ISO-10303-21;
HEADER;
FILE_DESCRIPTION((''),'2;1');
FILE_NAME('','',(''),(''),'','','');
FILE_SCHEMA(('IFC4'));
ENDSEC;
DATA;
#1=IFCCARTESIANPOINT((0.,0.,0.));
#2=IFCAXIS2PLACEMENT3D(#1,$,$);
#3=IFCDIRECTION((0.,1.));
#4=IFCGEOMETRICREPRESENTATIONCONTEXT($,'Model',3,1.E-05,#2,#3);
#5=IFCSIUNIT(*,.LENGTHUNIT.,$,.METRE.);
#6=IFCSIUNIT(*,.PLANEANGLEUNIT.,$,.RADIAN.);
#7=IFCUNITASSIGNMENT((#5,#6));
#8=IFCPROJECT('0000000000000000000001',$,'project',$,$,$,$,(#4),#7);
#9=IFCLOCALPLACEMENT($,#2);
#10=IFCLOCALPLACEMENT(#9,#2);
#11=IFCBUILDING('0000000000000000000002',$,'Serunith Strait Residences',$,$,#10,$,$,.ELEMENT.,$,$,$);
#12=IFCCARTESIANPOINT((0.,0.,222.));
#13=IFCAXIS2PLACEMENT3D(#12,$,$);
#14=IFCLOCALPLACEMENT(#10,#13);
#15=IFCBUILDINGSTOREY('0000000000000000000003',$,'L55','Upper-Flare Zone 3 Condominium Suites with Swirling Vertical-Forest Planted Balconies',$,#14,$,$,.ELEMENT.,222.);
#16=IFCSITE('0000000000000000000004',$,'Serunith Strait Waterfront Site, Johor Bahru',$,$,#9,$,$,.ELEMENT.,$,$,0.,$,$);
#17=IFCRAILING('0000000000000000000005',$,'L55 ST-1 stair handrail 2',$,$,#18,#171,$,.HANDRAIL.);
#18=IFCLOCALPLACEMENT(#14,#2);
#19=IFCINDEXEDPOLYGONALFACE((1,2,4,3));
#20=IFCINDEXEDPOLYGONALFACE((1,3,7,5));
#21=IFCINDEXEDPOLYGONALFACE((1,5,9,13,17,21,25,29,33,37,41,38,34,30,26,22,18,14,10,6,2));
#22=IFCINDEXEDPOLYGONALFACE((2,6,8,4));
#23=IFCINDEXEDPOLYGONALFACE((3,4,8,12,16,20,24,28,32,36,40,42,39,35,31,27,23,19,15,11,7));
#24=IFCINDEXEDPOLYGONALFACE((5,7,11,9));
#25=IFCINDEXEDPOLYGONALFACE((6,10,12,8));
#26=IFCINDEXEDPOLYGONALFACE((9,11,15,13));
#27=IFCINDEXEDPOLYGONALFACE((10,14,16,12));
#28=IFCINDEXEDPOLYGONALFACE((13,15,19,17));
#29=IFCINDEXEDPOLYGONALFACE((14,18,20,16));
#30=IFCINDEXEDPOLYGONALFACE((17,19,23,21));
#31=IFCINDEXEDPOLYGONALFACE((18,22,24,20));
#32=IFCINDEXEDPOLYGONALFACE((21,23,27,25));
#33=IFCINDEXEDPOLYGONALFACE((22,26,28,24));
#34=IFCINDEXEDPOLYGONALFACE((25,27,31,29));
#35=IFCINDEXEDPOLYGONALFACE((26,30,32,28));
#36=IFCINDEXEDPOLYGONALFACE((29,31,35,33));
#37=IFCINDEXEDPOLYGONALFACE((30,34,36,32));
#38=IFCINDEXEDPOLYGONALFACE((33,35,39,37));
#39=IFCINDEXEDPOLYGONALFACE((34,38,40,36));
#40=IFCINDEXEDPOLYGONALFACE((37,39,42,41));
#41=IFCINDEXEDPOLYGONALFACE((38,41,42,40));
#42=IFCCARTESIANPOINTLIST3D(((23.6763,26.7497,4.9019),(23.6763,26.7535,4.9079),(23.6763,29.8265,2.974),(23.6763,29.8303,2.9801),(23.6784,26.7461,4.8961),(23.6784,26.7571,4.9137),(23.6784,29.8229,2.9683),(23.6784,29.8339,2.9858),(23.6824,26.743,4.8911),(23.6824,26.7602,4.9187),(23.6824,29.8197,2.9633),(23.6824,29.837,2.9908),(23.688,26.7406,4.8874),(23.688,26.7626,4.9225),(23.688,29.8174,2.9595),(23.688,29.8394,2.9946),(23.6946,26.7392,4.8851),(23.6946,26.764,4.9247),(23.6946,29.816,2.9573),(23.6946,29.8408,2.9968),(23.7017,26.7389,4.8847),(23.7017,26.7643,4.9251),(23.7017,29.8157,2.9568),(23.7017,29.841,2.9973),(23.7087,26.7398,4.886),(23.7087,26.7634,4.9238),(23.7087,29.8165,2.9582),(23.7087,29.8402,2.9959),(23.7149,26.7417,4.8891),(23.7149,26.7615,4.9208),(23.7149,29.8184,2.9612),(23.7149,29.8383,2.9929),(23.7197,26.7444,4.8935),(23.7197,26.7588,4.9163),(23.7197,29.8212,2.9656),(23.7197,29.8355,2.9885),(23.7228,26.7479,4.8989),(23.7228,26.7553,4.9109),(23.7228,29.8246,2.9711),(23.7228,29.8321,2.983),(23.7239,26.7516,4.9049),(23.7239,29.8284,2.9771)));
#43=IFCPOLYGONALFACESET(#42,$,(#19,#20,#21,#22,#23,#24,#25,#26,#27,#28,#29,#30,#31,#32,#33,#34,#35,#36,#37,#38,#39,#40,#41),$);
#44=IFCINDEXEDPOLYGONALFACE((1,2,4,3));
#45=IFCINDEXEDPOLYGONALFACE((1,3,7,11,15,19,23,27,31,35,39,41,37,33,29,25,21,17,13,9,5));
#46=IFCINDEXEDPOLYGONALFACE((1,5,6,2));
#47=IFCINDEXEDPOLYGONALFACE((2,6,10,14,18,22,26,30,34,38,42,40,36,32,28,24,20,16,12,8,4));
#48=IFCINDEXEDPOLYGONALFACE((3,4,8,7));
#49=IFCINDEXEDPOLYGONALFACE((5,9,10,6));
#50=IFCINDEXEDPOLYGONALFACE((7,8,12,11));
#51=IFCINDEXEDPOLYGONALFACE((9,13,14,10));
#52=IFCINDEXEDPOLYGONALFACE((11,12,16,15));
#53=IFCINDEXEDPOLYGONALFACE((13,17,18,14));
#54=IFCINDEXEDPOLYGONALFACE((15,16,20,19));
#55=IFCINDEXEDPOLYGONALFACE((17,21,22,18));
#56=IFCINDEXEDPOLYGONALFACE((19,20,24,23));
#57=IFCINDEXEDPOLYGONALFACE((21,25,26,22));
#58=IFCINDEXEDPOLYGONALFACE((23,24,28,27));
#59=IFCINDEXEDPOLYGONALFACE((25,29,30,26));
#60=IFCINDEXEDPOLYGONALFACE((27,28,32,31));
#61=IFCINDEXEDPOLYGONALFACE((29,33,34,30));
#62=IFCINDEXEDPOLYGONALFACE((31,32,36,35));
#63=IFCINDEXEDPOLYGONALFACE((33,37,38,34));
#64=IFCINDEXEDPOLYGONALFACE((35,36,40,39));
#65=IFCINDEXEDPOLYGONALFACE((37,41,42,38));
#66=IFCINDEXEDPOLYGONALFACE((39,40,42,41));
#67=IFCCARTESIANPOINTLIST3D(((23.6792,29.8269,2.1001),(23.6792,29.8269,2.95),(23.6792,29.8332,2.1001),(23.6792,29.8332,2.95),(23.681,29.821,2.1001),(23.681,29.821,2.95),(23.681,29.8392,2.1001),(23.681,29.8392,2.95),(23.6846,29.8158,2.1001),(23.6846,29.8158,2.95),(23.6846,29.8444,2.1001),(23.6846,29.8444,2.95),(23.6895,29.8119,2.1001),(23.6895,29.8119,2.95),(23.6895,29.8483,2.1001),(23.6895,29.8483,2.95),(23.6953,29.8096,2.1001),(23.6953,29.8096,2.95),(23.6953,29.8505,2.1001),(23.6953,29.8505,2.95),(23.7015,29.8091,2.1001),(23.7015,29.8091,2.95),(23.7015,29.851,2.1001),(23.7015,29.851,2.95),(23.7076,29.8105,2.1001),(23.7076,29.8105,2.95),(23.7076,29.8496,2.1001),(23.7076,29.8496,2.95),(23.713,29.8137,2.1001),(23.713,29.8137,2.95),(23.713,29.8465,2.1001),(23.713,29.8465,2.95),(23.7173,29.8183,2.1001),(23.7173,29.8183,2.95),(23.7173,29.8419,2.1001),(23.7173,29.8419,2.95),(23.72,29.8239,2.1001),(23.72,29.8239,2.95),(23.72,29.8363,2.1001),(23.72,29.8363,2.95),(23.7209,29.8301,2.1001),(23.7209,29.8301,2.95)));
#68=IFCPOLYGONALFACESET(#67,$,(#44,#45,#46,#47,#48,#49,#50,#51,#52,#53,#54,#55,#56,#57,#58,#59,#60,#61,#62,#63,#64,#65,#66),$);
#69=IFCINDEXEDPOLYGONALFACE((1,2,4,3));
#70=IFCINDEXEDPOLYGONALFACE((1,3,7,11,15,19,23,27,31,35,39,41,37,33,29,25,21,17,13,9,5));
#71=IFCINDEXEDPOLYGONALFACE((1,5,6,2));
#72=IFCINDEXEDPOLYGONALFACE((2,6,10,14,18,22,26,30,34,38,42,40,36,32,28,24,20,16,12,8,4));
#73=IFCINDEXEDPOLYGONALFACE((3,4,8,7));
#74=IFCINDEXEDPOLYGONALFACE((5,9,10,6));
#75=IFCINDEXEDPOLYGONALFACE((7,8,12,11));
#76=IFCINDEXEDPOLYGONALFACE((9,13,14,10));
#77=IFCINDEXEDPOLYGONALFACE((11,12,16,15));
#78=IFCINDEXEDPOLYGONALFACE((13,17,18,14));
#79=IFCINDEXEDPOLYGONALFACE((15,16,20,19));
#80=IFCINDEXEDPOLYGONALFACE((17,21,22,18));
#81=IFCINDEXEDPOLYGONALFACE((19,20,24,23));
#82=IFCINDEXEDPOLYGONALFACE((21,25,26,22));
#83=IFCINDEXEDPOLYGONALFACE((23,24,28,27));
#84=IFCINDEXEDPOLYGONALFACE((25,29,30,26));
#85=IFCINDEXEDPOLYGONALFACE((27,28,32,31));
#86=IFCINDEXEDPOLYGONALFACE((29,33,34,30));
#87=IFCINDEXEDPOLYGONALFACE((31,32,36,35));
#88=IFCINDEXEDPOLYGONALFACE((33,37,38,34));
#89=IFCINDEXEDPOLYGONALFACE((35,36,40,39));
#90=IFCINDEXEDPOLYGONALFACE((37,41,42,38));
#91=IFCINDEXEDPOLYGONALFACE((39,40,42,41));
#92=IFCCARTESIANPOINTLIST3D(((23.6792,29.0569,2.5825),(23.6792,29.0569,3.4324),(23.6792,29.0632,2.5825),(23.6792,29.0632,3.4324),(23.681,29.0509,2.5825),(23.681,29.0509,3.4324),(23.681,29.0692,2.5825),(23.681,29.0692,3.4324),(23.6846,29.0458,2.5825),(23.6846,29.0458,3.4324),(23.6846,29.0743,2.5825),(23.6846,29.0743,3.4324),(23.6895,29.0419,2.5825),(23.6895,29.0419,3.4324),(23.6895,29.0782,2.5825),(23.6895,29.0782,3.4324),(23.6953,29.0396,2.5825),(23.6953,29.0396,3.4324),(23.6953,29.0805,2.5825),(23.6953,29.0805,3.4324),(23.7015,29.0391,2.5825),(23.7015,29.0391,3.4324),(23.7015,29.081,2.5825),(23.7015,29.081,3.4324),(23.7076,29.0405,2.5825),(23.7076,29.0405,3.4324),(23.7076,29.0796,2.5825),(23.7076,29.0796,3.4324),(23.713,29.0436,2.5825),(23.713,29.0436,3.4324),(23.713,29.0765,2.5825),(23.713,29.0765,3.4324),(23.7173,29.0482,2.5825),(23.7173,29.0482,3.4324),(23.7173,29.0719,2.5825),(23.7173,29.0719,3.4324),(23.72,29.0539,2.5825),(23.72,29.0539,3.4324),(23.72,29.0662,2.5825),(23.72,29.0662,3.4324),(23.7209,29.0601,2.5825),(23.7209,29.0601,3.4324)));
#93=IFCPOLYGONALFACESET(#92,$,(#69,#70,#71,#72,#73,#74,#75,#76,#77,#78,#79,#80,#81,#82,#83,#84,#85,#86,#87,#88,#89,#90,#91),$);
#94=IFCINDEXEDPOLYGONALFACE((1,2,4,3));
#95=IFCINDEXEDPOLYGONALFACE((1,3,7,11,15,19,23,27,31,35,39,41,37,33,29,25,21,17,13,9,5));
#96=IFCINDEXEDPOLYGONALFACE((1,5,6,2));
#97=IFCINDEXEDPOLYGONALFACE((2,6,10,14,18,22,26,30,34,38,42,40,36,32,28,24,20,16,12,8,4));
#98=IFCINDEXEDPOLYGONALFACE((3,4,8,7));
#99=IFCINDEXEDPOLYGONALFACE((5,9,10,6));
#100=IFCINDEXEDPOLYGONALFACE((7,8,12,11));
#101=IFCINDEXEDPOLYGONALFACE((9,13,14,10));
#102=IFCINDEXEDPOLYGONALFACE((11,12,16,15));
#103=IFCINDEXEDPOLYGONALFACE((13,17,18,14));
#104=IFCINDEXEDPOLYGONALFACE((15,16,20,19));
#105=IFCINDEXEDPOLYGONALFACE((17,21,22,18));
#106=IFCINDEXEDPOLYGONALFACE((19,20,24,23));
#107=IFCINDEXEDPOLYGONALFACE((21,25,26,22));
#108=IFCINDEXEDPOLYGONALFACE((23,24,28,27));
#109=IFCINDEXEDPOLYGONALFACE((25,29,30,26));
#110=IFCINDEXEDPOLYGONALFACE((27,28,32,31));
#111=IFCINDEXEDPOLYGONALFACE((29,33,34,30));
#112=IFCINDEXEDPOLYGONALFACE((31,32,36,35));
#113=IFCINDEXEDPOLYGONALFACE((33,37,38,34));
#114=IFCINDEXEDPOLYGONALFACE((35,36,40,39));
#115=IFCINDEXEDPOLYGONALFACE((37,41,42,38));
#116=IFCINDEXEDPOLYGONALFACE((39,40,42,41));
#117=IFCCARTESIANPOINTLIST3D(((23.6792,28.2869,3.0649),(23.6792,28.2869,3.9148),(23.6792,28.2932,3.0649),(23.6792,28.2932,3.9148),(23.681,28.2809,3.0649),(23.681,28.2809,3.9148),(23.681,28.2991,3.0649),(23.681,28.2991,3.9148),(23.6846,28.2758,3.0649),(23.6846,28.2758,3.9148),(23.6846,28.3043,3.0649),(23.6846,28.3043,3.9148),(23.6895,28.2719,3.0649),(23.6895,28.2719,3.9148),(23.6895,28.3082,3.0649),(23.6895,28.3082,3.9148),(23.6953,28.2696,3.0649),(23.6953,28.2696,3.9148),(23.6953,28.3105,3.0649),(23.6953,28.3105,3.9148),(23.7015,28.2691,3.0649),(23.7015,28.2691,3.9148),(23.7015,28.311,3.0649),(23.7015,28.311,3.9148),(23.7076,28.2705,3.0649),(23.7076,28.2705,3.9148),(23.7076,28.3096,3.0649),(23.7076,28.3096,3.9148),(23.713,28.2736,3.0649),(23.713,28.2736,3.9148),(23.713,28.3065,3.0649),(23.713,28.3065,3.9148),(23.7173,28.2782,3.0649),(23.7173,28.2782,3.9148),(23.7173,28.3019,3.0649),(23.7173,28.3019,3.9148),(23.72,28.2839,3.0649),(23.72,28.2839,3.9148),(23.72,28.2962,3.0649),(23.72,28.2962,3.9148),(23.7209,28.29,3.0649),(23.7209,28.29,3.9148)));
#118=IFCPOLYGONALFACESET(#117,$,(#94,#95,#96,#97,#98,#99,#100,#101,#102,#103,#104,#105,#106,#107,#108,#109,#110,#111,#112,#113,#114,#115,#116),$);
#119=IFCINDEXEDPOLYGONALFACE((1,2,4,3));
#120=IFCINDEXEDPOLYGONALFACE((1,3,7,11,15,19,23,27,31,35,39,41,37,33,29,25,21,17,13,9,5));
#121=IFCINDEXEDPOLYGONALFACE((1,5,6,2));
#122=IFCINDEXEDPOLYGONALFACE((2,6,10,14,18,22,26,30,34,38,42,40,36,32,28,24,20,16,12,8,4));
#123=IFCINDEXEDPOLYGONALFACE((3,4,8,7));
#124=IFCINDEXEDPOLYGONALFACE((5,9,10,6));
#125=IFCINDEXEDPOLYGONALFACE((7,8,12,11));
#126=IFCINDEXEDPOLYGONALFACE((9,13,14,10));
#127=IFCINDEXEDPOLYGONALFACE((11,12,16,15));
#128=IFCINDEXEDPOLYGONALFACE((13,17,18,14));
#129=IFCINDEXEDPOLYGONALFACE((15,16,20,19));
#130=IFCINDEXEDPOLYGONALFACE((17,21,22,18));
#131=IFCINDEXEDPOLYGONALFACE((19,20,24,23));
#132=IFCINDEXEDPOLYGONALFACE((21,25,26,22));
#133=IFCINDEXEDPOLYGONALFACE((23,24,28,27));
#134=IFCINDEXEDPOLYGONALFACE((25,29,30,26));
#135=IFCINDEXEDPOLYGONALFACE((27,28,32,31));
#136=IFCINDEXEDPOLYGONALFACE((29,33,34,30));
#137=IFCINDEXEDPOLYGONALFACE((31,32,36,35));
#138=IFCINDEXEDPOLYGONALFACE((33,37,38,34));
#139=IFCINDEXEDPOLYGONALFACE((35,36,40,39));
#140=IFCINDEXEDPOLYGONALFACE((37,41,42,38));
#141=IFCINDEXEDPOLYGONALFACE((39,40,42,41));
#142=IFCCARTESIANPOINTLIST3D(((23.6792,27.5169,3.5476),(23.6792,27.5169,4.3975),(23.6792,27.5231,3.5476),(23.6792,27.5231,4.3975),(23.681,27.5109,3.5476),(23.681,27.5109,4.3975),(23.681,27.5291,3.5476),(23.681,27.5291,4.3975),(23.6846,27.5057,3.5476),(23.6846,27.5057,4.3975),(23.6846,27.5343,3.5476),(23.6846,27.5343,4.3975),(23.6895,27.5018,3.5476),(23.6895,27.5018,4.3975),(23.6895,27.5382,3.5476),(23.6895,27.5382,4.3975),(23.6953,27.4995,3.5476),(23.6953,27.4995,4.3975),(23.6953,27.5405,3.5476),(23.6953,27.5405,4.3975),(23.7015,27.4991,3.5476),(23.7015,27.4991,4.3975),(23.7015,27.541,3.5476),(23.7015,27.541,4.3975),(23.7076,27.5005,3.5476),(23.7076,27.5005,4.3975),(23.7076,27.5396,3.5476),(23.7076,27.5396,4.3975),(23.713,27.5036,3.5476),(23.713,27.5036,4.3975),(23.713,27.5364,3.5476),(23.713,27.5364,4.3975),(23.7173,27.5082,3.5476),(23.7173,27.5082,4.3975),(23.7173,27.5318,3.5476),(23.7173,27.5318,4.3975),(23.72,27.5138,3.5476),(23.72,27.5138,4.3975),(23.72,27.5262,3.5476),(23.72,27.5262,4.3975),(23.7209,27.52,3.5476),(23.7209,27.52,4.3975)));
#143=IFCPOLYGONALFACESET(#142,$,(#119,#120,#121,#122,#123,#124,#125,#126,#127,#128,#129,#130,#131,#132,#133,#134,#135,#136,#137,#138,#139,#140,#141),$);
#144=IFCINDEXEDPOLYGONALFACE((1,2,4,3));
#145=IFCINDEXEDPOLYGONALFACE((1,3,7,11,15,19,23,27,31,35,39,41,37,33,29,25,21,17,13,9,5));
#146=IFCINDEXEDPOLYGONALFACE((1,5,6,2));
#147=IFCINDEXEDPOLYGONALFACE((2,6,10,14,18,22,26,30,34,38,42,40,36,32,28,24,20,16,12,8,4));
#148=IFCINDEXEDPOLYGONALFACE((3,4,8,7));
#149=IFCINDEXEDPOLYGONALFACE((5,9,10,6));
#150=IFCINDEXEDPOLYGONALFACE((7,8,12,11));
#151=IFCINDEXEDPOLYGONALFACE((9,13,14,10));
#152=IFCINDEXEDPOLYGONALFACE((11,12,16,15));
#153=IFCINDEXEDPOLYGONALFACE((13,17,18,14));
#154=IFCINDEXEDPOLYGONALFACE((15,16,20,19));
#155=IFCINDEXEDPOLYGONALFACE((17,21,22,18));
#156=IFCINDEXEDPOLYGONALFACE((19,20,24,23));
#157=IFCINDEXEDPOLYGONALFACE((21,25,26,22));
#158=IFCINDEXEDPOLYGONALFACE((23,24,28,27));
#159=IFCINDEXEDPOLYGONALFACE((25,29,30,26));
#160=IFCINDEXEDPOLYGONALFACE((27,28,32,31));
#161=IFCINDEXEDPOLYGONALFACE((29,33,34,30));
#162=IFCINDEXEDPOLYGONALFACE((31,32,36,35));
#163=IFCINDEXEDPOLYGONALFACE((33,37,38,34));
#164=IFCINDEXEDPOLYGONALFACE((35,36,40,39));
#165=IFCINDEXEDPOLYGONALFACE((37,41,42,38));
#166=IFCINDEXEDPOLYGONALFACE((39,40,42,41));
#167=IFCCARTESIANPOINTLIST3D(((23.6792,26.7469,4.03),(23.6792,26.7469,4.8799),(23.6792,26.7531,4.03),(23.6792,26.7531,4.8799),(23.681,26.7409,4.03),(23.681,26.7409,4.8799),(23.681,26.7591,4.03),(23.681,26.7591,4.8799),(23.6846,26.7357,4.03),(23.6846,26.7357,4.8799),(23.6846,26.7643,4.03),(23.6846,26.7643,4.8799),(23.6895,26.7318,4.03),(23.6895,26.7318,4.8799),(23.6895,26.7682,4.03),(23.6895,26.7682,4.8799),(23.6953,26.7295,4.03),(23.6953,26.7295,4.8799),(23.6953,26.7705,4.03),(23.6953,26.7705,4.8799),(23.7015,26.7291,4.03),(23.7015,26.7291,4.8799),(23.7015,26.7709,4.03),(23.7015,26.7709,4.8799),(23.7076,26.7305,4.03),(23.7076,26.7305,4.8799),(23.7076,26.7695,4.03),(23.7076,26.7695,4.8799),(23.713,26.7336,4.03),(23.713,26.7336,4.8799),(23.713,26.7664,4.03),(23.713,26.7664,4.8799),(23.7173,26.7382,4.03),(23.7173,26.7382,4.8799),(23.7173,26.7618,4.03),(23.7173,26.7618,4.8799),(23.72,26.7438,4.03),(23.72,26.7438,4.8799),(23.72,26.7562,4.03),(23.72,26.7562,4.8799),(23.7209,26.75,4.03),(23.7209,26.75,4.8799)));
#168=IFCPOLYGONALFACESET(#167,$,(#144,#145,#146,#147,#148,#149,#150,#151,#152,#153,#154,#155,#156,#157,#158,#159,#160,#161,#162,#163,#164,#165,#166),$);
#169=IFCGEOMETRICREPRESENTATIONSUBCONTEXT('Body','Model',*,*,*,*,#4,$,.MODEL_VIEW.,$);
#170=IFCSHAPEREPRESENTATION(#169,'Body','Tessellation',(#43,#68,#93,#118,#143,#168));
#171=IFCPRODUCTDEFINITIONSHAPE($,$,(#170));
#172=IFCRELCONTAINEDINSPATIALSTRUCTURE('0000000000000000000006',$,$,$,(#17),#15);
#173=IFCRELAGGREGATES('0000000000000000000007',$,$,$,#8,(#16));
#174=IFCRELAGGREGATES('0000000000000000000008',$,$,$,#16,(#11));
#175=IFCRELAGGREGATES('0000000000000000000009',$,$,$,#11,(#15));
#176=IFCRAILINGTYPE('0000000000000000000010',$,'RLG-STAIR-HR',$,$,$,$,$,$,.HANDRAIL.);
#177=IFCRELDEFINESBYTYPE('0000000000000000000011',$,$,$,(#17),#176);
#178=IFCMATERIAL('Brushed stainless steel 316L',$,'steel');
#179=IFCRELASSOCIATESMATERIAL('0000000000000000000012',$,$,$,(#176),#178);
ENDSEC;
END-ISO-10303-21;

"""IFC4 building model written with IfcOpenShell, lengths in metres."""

from ifc_helpers import new_model, si_unit, direction, frame, origin, origin_2d, place, context, subcontext, project, spatial, circle, extrude, material, type_object, element, save


model = new_model("IFC4")

# Units and contexts
model_context = context("Model", 3, precision=1e-05, world=origin(), true_north=direction((0.0, 1.0)))
body_context = subcontext(model_context, "Body", "Model", "MODEL_VIEW")
ifc_project = project(units=[si_unit("LENGTHUNIT", "METRE"), si_unit("PLANEANGLEUNIT", "RADIAN")], contexts=[model_context])

# Site, building, storey
site_placement = place(None, origin())
site = spatial("IfcSite", under=ifc_project, at=site_placement, Name="Serunith Strait Waterfront Site, Johor Bahru", CompositionType="ELEMENT", RefElevation=0.0)
building_placement = place(site_placement, origin())
building = spatial("IfcBuilding", under=site, at=building_placement, Name="Serunith Strait Residences", CompositionType="ELEMENT")
storey_placement = place(building_placement, frame((0.0, 0.0, 222.0)))
storey = spatial("IfcBuildingStorey", under=building, at=storey_placement, Name="L55", Description="Upper-Flare Zone 3 Condominium Suites with Swirling Vertical-Forest Planted Balconies", CompositionType="ELEMENT", Elevation=222.0)

# Railing
ifc_material_1 = material(Name="Brushed stainless steel 316L", Category="steel")
railing_type_1 = type_object("IfcRailingType", Name="RLG-STAIR-HR", PredefinedType="HANDRAIL", material=ifc_material_1)
railing_1_placement = place(storey_placement, frame((23.7, 29.8301, 2.1001)))
element("IfcRailing", 1, at=railing_1_placement, inside=storey, type_object=railing_type_1, Name="L55 ST-1 stair handrail 2", PredefinedType="HANDRAIL", context=body_context, shape_type="SweptSolid", body=[
    extrude(circle(Radius=0.0239, at=origin_2d()), frame((0.0, -0.0017, 0.877), z_axis=(0.0, -0.847394, 0.530965), x_axis=(1.0, 0.0, 0.0)), (0.0, 0.0, 1.0), 3.6309),
    extrude(circle(Radius=0.021, at=origin_2d()), origin(), (0.0, 0.0, 1.0), 0.8499),
    extrude(circle(Radius=0.021, at=origin_2d()), frame((0.0, -0.77, 0.4824)), (0.0, 0.0, 1.0), 0.8499),
    extrude(circle(Radius=0.021, at=origin_2d()), frame((0.0, -1.54, 0.9648)), (0.0, 0.0, 1.0), 0.8499),
    extrude(circle(Radius=0.021, at=origin_2d()), frame((0.0, -2.3101, 1.4475)), (0.0, 0.0, 1.0), 0.8499),
    extrude(circle(Radius=0.021, at=origin_2d()), frame((0.0, -3.0801, 1.9299)), (0.0, 0.0, 1.0), 0.8499),
])

save(model, "model.ifc")
